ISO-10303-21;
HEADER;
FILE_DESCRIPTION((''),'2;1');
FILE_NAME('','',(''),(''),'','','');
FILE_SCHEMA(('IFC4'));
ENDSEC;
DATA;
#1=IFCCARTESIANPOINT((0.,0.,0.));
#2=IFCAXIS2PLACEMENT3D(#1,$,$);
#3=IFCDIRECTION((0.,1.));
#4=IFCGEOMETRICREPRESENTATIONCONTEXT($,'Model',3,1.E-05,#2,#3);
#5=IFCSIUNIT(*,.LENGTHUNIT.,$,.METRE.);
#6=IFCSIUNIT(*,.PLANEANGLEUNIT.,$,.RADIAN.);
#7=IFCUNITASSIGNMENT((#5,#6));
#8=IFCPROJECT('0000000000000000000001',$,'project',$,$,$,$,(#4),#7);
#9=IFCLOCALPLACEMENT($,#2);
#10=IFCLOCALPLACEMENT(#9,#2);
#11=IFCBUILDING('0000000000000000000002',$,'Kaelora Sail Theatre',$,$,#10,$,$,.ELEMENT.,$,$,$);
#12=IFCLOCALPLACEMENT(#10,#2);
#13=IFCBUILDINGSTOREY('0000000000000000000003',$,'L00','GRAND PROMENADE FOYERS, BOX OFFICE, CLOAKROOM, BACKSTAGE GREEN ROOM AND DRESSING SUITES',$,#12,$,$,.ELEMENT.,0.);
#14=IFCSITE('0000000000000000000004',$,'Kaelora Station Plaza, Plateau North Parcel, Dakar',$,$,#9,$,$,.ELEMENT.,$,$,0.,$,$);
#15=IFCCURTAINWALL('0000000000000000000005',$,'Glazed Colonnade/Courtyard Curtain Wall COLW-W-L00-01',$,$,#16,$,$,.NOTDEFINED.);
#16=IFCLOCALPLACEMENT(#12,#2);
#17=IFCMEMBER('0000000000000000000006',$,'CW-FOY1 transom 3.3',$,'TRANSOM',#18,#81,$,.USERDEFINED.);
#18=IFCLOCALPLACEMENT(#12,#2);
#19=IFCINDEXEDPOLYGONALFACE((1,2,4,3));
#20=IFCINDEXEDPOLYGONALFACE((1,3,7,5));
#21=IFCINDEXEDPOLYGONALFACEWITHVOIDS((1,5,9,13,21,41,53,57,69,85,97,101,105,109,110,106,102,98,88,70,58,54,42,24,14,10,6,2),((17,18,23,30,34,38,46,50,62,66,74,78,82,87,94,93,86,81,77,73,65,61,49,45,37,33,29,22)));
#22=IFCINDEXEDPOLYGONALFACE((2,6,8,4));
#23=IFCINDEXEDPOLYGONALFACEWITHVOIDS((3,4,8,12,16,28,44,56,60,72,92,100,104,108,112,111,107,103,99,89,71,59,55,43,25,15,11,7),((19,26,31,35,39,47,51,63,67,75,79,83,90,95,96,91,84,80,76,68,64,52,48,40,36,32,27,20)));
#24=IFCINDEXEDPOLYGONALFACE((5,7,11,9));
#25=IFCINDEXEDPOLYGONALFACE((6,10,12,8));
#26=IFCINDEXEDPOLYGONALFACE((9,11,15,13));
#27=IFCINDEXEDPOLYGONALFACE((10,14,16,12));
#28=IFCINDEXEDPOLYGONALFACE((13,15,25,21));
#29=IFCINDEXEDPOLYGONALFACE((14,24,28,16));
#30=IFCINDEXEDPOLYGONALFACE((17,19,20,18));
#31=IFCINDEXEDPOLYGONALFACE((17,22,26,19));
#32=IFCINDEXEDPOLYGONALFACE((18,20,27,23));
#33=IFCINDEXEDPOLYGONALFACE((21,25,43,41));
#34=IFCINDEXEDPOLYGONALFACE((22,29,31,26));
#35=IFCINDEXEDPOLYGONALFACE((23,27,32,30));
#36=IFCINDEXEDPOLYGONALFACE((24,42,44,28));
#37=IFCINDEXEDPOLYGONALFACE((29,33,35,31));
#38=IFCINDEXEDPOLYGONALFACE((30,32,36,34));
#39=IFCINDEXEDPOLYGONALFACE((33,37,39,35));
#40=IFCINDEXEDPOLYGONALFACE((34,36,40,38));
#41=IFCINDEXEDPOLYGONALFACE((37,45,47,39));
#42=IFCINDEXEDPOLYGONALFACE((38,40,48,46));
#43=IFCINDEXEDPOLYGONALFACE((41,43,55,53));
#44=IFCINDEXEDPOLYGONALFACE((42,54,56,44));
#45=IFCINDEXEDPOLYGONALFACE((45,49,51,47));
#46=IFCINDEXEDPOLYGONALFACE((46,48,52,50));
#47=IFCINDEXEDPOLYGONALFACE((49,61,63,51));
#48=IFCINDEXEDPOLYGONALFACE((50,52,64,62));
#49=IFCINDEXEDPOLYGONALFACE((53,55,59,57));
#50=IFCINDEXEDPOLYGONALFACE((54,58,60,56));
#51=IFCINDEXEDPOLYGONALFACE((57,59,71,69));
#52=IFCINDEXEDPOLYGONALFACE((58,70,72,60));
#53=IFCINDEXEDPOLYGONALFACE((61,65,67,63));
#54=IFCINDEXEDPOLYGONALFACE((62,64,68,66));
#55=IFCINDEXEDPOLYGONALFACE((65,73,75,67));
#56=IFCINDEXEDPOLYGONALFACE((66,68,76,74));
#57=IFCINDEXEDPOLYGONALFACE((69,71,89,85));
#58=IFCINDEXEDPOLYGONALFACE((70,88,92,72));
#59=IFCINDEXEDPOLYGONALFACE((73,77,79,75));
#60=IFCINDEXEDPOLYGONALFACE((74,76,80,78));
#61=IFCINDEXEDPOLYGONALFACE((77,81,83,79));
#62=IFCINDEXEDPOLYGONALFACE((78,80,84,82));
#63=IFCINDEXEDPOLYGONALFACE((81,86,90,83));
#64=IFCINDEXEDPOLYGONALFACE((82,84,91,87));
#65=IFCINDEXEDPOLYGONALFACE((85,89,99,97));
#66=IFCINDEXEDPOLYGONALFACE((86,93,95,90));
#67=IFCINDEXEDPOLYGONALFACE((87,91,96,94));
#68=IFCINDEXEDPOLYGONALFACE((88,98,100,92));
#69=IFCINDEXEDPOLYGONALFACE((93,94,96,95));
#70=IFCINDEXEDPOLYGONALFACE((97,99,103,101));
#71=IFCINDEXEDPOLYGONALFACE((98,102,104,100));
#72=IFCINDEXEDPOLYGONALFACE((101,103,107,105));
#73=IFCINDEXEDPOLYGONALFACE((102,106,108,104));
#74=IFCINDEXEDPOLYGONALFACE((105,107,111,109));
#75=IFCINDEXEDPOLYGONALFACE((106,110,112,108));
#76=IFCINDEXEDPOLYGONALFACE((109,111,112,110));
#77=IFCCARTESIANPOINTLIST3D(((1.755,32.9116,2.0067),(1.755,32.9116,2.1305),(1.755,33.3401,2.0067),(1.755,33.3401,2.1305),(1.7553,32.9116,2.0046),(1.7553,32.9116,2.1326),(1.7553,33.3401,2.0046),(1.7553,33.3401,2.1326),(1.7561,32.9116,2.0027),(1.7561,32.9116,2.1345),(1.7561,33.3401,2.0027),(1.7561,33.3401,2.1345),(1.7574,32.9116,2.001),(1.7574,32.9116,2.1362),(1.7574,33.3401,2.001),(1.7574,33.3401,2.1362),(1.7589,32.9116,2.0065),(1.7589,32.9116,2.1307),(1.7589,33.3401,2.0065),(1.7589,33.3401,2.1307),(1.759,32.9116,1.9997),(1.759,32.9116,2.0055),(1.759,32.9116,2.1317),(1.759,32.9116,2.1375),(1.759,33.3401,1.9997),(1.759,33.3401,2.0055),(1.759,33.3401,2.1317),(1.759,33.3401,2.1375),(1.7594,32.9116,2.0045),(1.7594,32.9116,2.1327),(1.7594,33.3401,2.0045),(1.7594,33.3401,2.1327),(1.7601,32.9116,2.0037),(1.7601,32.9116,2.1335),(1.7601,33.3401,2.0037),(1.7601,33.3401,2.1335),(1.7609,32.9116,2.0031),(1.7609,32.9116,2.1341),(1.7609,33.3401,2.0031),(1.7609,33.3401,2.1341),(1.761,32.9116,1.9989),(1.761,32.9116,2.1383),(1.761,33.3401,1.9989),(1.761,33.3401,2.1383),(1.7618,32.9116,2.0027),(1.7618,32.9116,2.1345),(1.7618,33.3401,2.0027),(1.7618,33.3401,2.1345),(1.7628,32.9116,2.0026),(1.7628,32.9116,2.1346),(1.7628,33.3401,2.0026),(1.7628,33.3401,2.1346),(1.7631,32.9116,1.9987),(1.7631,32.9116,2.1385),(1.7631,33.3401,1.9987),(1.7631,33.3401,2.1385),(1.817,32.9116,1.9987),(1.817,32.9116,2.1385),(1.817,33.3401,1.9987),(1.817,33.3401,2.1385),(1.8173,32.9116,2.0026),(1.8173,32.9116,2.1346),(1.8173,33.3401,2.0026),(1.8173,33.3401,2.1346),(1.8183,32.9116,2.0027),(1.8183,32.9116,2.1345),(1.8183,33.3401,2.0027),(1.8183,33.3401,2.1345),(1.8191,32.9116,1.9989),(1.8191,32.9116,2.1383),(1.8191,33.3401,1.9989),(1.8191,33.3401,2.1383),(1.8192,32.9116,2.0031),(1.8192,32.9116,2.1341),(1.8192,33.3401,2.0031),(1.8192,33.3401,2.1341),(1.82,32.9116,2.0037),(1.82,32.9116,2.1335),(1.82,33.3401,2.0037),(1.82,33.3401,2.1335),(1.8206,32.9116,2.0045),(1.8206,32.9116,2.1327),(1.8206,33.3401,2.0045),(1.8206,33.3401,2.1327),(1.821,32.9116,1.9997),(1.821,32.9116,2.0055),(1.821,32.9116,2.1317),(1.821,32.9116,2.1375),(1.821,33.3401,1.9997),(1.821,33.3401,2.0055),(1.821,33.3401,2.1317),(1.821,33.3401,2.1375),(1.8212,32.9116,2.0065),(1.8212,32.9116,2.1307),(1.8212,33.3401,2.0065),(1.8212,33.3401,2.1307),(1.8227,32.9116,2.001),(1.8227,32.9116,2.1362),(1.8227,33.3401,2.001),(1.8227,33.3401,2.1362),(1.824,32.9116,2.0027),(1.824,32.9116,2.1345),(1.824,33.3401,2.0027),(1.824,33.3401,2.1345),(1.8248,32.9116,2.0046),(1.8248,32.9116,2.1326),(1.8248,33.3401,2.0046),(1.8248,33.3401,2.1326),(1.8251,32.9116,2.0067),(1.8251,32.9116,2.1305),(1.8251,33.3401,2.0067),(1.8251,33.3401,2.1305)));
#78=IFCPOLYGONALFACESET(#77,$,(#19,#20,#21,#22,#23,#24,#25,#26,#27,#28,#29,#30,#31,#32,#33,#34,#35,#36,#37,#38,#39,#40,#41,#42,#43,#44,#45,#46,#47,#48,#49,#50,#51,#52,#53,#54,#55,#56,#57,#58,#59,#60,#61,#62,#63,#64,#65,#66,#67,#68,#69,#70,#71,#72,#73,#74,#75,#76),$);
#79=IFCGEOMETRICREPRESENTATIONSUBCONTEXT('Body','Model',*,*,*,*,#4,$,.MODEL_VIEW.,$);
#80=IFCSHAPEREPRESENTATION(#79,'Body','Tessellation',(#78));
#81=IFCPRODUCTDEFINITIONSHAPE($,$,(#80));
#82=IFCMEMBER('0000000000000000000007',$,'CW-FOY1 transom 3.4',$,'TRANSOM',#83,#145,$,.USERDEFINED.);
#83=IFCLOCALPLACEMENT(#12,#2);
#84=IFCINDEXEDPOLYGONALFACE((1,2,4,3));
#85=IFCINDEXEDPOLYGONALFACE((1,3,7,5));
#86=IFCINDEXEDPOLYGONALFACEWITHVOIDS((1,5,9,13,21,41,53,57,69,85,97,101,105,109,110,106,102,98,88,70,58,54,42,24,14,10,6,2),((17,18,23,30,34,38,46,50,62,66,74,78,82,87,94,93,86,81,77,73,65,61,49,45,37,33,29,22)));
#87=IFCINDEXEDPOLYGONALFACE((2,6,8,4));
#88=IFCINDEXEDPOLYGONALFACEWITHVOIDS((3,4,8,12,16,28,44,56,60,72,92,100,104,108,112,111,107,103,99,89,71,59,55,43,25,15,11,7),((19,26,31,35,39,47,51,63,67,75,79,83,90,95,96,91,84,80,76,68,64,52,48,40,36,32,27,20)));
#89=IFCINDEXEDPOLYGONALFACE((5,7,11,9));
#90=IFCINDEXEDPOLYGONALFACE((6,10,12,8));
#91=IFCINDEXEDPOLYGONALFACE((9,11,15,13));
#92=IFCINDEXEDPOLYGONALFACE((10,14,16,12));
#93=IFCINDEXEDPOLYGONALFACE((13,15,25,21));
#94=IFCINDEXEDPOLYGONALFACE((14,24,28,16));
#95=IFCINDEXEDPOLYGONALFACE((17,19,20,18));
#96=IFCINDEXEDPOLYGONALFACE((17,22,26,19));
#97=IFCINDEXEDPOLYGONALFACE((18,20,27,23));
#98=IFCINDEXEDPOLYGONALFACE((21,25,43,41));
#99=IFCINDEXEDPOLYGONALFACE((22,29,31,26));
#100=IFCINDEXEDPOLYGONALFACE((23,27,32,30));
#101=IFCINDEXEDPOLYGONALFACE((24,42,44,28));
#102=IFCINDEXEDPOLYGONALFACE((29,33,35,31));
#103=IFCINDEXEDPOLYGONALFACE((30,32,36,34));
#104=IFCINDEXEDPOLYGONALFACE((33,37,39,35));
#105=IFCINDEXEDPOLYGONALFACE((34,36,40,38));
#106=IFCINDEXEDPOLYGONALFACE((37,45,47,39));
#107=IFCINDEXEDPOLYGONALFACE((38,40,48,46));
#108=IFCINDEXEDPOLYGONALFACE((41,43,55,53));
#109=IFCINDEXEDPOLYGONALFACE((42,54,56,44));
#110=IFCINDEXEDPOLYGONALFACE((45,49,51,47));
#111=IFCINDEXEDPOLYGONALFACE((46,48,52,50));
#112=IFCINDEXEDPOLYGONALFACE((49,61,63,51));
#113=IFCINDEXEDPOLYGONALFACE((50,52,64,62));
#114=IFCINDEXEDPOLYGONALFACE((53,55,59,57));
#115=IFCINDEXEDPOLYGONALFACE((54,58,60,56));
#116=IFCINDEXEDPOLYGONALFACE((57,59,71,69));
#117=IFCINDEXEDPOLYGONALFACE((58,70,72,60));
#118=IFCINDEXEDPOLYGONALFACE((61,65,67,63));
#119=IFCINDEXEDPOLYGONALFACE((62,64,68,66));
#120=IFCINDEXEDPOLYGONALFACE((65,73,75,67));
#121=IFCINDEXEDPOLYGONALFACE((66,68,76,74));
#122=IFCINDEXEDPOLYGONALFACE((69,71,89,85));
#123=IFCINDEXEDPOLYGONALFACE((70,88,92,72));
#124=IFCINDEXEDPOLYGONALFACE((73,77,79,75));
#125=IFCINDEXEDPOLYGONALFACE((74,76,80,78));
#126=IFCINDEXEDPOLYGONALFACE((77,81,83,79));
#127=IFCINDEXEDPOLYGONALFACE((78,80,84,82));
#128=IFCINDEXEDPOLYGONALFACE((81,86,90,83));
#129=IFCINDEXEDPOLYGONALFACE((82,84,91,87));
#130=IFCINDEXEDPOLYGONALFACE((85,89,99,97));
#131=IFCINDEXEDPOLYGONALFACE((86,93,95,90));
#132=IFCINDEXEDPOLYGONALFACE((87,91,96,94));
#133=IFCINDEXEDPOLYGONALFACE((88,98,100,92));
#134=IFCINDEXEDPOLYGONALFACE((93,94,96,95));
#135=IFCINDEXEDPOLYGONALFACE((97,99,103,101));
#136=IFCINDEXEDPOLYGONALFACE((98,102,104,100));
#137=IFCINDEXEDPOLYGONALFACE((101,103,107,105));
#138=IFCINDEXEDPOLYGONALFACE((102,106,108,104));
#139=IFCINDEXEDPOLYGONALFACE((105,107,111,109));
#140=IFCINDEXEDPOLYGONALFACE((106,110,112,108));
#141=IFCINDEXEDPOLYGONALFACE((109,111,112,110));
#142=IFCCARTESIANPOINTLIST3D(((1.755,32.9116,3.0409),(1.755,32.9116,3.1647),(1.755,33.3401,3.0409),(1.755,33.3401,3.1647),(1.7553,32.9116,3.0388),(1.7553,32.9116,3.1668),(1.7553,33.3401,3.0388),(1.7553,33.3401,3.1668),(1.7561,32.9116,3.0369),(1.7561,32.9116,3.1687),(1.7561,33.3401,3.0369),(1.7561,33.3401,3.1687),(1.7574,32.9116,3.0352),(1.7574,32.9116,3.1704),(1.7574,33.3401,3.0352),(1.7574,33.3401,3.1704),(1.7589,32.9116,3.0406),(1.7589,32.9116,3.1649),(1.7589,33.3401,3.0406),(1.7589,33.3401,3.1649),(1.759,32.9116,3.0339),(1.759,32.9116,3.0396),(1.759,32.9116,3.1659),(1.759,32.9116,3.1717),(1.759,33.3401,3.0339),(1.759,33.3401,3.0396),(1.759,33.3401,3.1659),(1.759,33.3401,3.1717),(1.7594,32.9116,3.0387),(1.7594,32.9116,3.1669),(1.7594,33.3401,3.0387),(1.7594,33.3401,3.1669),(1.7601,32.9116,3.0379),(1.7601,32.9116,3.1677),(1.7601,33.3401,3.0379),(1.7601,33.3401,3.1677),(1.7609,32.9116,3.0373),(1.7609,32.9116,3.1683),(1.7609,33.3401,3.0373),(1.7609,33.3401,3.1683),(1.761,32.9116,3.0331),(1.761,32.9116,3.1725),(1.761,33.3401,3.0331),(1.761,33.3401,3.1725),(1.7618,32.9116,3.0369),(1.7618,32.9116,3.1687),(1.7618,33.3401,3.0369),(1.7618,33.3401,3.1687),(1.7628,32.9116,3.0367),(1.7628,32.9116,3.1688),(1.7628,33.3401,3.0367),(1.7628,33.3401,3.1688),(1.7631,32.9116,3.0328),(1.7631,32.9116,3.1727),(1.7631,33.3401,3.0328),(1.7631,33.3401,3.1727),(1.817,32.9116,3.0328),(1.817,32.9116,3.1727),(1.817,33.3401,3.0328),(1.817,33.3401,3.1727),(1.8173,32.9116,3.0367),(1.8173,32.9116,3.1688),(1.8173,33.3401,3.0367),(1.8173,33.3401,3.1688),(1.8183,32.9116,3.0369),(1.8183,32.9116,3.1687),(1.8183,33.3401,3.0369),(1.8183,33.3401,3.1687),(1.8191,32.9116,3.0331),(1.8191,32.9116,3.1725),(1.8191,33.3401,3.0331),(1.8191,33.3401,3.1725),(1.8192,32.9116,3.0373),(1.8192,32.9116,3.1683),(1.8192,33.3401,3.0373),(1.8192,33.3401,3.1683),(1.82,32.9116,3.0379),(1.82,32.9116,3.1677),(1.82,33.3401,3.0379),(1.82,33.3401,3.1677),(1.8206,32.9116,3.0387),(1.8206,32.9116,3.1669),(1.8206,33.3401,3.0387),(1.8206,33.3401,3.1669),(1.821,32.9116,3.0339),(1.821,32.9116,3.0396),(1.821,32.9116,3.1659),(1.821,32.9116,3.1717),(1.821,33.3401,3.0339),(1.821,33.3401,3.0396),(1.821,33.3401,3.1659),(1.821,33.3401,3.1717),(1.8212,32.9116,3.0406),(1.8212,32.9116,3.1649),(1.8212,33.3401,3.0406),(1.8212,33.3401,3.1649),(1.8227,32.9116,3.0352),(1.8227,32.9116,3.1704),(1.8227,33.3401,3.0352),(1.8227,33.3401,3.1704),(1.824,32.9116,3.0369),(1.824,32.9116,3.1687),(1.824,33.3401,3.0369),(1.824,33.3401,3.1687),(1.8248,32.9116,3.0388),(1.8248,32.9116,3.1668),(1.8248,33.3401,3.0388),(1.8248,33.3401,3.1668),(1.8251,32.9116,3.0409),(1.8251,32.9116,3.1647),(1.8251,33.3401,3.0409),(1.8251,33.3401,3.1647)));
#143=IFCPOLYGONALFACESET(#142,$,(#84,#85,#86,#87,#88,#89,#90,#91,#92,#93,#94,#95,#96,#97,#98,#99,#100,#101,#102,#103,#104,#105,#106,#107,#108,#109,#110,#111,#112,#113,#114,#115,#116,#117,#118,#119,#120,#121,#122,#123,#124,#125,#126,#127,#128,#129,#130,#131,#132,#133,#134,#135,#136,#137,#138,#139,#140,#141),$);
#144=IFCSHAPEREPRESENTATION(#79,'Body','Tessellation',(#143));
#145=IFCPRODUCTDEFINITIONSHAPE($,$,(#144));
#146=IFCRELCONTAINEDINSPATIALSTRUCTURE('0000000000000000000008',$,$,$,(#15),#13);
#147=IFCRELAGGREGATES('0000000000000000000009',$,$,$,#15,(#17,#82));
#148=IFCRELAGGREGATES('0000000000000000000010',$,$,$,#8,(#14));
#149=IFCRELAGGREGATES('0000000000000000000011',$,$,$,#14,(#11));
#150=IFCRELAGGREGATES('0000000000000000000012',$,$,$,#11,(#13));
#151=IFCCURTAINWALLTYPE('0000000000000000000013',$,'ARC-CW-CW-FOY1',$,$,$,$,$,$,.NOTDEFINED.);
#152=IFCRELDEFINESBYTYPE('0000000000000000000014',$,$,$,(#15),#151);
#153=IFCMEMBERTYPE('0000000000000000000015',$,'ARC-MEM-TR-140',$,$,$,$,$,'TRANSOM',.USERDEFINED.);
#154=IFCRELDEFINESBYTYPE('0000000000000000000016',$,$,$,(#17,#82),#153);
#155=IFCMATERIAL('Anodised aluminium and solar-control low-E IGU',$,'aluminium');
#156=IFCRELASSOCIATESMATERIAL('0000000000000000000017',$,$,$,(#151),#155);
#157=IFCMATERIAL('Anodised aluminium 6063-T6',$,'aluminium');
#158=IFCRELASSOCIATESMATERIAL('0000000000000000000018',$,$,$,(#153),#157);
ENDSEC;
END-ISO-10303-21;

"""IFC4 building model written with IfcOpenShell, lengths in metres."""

from ifc_helpers import new_model, si_unit, direction, frame, origin, origin_2d, place, context, subcontext, project, spatial, hollow_rectangle, extrude, material, material_profile, profile_set, type_object, element, aggregate, save


model = new_model("IFC4")

# Units and contexts
model_context = context("Model", 3, precision=1e-05, world=origin(), true_north=direction((0.0, 1.0)))
body_context = subcontext(model_context, "Body", "Model", "MODEL_VIEW")
ifc_project = project(units=[si_unit("LENGTHUNIT", "METRE"), si_unit("PLANEANGLEUNIT", "RADIAN")], contexts=[model_context])

# Site, building, storey
site_placement = place(None, origin())
site = spatial("IfcSite", under=ifc_project, at=site_placement, Name="Kaelora Station Plaza, Plateau North Parcel, Dakar", CompositionType="ELEMENT", RefElevation=0.0)
building_placement = place(site_placement, origin())
building = spatial("IfcBuilding", under=site, at=building_placement, Name="Kaelora Sail Theatre", CompositionType="ELEMENT")
storey_placement = place(building_placement, origin())
storey = spatial("IfcBuildingStorey", under=building, at=storey_placement, Name="L00", Description="GRAND PROMENADE FOYERS, BOX OFFICE, CLOAKROOM, BACKSTAGE GREEN ROOM AND DRESSING SUITES", CompositionType="ELEMENT", Elevation=0.0)

# Curtain wall, members
ifc_material_1 = material(Name="Anodised aluminium and solar-control low-E IGU", Category="aluminium")
curtain_wall_type = type_object("IfcCurtainWallType", Name="ARC-CW-CW-FOY1", PredefinedType="NOTDEFINED", material=ifc_material_1)
curtain_wall_1_placement = place(storey_placement, origin())
curtain_wall_1 = element("IfcCurtainWall", 1, at=curtain_wall_1_placement, inside=storey, type_object=curtain_wall_type, Name="Glazed Colonnade/Courtyard Curtain Wall COLW-W-L00-01", PredefinedType="NOTDEFINED")
ifc_material_2 = material(Name="Anodised aluminium 6063-T6", Category="aluminium")
ifc_material_profile = material_profile(ifc_material_2, hollow_rectangle(XDim=0.0701, YDim=0.1399, WallThickness=0.0039, InnerFilletRadius=0.0039, OuterFilletRadius=0.0081, at=origin_2d()), Name="ALU-TRAN 70x140x4")
ifc_profile_set = profile_set([ifc_material_profile], Name="Anodised aluminium 6063-T6")
member_type = type_object("IfcMemberType", Name="ARC-MEM-TR-140", ElementType="TRANSOM", PredefinedType="USERDEFINED", material=ifc_profile_set)
member_1_placement = place(storey_placement, frame((1.79, 32.9116, 2.0686), z_axis=(0.0, 1.0, 0.0), x_axis=(-1.0, 0.0, 0.0)))
member_1 = element("IfcMember", 2, at=member_1_placement, type_object=member_type, Name="CW-FOY1 transom 3.3", ObjectType="TRANSOM", PredefinedType="USERDEFINED", context=body_context, shape_type="SweptSolid", body=[
    extrude(hollow_rectangle(XDim=0.0701, YDim=0.1399, WallThickness=0.0039, InnerFilletRadius=0.0039, OuterFilletRadius=0.0081, at=origin_2d()), origin(), (0.0, 0.0, 1.0), 0.4285),
])
member_2_placement = place(storey_placement, frame((1.79, 32.9116, 3.1028), z_axis=(0.0, 1.0, 0.0), x_axis=(-1.0, 0.0, 0.0)))
member_2 = element("IfcMember", 3, at=member_2_placement, type_object=member_type, Name="CW-FOY1 transom 3.4", ObjectType="TRANSOM", PredefinedType="USERDEFINED", context=body_context, shape_type="SweptSolid", body=[
    extrude(hollow_rectangle(XDim=0.0701, YDim=0.1399, WallThickness=0.0039, InnerFilletRadius=0.0039, OuterFilletRadius=0.0081, at=origin_2d()), origin(), (0.0, 0.0, 1.0), 0.4285),
])

aggregate(curtain_wall_1, [member_1, member_2])

save(model, "model.ifc")
